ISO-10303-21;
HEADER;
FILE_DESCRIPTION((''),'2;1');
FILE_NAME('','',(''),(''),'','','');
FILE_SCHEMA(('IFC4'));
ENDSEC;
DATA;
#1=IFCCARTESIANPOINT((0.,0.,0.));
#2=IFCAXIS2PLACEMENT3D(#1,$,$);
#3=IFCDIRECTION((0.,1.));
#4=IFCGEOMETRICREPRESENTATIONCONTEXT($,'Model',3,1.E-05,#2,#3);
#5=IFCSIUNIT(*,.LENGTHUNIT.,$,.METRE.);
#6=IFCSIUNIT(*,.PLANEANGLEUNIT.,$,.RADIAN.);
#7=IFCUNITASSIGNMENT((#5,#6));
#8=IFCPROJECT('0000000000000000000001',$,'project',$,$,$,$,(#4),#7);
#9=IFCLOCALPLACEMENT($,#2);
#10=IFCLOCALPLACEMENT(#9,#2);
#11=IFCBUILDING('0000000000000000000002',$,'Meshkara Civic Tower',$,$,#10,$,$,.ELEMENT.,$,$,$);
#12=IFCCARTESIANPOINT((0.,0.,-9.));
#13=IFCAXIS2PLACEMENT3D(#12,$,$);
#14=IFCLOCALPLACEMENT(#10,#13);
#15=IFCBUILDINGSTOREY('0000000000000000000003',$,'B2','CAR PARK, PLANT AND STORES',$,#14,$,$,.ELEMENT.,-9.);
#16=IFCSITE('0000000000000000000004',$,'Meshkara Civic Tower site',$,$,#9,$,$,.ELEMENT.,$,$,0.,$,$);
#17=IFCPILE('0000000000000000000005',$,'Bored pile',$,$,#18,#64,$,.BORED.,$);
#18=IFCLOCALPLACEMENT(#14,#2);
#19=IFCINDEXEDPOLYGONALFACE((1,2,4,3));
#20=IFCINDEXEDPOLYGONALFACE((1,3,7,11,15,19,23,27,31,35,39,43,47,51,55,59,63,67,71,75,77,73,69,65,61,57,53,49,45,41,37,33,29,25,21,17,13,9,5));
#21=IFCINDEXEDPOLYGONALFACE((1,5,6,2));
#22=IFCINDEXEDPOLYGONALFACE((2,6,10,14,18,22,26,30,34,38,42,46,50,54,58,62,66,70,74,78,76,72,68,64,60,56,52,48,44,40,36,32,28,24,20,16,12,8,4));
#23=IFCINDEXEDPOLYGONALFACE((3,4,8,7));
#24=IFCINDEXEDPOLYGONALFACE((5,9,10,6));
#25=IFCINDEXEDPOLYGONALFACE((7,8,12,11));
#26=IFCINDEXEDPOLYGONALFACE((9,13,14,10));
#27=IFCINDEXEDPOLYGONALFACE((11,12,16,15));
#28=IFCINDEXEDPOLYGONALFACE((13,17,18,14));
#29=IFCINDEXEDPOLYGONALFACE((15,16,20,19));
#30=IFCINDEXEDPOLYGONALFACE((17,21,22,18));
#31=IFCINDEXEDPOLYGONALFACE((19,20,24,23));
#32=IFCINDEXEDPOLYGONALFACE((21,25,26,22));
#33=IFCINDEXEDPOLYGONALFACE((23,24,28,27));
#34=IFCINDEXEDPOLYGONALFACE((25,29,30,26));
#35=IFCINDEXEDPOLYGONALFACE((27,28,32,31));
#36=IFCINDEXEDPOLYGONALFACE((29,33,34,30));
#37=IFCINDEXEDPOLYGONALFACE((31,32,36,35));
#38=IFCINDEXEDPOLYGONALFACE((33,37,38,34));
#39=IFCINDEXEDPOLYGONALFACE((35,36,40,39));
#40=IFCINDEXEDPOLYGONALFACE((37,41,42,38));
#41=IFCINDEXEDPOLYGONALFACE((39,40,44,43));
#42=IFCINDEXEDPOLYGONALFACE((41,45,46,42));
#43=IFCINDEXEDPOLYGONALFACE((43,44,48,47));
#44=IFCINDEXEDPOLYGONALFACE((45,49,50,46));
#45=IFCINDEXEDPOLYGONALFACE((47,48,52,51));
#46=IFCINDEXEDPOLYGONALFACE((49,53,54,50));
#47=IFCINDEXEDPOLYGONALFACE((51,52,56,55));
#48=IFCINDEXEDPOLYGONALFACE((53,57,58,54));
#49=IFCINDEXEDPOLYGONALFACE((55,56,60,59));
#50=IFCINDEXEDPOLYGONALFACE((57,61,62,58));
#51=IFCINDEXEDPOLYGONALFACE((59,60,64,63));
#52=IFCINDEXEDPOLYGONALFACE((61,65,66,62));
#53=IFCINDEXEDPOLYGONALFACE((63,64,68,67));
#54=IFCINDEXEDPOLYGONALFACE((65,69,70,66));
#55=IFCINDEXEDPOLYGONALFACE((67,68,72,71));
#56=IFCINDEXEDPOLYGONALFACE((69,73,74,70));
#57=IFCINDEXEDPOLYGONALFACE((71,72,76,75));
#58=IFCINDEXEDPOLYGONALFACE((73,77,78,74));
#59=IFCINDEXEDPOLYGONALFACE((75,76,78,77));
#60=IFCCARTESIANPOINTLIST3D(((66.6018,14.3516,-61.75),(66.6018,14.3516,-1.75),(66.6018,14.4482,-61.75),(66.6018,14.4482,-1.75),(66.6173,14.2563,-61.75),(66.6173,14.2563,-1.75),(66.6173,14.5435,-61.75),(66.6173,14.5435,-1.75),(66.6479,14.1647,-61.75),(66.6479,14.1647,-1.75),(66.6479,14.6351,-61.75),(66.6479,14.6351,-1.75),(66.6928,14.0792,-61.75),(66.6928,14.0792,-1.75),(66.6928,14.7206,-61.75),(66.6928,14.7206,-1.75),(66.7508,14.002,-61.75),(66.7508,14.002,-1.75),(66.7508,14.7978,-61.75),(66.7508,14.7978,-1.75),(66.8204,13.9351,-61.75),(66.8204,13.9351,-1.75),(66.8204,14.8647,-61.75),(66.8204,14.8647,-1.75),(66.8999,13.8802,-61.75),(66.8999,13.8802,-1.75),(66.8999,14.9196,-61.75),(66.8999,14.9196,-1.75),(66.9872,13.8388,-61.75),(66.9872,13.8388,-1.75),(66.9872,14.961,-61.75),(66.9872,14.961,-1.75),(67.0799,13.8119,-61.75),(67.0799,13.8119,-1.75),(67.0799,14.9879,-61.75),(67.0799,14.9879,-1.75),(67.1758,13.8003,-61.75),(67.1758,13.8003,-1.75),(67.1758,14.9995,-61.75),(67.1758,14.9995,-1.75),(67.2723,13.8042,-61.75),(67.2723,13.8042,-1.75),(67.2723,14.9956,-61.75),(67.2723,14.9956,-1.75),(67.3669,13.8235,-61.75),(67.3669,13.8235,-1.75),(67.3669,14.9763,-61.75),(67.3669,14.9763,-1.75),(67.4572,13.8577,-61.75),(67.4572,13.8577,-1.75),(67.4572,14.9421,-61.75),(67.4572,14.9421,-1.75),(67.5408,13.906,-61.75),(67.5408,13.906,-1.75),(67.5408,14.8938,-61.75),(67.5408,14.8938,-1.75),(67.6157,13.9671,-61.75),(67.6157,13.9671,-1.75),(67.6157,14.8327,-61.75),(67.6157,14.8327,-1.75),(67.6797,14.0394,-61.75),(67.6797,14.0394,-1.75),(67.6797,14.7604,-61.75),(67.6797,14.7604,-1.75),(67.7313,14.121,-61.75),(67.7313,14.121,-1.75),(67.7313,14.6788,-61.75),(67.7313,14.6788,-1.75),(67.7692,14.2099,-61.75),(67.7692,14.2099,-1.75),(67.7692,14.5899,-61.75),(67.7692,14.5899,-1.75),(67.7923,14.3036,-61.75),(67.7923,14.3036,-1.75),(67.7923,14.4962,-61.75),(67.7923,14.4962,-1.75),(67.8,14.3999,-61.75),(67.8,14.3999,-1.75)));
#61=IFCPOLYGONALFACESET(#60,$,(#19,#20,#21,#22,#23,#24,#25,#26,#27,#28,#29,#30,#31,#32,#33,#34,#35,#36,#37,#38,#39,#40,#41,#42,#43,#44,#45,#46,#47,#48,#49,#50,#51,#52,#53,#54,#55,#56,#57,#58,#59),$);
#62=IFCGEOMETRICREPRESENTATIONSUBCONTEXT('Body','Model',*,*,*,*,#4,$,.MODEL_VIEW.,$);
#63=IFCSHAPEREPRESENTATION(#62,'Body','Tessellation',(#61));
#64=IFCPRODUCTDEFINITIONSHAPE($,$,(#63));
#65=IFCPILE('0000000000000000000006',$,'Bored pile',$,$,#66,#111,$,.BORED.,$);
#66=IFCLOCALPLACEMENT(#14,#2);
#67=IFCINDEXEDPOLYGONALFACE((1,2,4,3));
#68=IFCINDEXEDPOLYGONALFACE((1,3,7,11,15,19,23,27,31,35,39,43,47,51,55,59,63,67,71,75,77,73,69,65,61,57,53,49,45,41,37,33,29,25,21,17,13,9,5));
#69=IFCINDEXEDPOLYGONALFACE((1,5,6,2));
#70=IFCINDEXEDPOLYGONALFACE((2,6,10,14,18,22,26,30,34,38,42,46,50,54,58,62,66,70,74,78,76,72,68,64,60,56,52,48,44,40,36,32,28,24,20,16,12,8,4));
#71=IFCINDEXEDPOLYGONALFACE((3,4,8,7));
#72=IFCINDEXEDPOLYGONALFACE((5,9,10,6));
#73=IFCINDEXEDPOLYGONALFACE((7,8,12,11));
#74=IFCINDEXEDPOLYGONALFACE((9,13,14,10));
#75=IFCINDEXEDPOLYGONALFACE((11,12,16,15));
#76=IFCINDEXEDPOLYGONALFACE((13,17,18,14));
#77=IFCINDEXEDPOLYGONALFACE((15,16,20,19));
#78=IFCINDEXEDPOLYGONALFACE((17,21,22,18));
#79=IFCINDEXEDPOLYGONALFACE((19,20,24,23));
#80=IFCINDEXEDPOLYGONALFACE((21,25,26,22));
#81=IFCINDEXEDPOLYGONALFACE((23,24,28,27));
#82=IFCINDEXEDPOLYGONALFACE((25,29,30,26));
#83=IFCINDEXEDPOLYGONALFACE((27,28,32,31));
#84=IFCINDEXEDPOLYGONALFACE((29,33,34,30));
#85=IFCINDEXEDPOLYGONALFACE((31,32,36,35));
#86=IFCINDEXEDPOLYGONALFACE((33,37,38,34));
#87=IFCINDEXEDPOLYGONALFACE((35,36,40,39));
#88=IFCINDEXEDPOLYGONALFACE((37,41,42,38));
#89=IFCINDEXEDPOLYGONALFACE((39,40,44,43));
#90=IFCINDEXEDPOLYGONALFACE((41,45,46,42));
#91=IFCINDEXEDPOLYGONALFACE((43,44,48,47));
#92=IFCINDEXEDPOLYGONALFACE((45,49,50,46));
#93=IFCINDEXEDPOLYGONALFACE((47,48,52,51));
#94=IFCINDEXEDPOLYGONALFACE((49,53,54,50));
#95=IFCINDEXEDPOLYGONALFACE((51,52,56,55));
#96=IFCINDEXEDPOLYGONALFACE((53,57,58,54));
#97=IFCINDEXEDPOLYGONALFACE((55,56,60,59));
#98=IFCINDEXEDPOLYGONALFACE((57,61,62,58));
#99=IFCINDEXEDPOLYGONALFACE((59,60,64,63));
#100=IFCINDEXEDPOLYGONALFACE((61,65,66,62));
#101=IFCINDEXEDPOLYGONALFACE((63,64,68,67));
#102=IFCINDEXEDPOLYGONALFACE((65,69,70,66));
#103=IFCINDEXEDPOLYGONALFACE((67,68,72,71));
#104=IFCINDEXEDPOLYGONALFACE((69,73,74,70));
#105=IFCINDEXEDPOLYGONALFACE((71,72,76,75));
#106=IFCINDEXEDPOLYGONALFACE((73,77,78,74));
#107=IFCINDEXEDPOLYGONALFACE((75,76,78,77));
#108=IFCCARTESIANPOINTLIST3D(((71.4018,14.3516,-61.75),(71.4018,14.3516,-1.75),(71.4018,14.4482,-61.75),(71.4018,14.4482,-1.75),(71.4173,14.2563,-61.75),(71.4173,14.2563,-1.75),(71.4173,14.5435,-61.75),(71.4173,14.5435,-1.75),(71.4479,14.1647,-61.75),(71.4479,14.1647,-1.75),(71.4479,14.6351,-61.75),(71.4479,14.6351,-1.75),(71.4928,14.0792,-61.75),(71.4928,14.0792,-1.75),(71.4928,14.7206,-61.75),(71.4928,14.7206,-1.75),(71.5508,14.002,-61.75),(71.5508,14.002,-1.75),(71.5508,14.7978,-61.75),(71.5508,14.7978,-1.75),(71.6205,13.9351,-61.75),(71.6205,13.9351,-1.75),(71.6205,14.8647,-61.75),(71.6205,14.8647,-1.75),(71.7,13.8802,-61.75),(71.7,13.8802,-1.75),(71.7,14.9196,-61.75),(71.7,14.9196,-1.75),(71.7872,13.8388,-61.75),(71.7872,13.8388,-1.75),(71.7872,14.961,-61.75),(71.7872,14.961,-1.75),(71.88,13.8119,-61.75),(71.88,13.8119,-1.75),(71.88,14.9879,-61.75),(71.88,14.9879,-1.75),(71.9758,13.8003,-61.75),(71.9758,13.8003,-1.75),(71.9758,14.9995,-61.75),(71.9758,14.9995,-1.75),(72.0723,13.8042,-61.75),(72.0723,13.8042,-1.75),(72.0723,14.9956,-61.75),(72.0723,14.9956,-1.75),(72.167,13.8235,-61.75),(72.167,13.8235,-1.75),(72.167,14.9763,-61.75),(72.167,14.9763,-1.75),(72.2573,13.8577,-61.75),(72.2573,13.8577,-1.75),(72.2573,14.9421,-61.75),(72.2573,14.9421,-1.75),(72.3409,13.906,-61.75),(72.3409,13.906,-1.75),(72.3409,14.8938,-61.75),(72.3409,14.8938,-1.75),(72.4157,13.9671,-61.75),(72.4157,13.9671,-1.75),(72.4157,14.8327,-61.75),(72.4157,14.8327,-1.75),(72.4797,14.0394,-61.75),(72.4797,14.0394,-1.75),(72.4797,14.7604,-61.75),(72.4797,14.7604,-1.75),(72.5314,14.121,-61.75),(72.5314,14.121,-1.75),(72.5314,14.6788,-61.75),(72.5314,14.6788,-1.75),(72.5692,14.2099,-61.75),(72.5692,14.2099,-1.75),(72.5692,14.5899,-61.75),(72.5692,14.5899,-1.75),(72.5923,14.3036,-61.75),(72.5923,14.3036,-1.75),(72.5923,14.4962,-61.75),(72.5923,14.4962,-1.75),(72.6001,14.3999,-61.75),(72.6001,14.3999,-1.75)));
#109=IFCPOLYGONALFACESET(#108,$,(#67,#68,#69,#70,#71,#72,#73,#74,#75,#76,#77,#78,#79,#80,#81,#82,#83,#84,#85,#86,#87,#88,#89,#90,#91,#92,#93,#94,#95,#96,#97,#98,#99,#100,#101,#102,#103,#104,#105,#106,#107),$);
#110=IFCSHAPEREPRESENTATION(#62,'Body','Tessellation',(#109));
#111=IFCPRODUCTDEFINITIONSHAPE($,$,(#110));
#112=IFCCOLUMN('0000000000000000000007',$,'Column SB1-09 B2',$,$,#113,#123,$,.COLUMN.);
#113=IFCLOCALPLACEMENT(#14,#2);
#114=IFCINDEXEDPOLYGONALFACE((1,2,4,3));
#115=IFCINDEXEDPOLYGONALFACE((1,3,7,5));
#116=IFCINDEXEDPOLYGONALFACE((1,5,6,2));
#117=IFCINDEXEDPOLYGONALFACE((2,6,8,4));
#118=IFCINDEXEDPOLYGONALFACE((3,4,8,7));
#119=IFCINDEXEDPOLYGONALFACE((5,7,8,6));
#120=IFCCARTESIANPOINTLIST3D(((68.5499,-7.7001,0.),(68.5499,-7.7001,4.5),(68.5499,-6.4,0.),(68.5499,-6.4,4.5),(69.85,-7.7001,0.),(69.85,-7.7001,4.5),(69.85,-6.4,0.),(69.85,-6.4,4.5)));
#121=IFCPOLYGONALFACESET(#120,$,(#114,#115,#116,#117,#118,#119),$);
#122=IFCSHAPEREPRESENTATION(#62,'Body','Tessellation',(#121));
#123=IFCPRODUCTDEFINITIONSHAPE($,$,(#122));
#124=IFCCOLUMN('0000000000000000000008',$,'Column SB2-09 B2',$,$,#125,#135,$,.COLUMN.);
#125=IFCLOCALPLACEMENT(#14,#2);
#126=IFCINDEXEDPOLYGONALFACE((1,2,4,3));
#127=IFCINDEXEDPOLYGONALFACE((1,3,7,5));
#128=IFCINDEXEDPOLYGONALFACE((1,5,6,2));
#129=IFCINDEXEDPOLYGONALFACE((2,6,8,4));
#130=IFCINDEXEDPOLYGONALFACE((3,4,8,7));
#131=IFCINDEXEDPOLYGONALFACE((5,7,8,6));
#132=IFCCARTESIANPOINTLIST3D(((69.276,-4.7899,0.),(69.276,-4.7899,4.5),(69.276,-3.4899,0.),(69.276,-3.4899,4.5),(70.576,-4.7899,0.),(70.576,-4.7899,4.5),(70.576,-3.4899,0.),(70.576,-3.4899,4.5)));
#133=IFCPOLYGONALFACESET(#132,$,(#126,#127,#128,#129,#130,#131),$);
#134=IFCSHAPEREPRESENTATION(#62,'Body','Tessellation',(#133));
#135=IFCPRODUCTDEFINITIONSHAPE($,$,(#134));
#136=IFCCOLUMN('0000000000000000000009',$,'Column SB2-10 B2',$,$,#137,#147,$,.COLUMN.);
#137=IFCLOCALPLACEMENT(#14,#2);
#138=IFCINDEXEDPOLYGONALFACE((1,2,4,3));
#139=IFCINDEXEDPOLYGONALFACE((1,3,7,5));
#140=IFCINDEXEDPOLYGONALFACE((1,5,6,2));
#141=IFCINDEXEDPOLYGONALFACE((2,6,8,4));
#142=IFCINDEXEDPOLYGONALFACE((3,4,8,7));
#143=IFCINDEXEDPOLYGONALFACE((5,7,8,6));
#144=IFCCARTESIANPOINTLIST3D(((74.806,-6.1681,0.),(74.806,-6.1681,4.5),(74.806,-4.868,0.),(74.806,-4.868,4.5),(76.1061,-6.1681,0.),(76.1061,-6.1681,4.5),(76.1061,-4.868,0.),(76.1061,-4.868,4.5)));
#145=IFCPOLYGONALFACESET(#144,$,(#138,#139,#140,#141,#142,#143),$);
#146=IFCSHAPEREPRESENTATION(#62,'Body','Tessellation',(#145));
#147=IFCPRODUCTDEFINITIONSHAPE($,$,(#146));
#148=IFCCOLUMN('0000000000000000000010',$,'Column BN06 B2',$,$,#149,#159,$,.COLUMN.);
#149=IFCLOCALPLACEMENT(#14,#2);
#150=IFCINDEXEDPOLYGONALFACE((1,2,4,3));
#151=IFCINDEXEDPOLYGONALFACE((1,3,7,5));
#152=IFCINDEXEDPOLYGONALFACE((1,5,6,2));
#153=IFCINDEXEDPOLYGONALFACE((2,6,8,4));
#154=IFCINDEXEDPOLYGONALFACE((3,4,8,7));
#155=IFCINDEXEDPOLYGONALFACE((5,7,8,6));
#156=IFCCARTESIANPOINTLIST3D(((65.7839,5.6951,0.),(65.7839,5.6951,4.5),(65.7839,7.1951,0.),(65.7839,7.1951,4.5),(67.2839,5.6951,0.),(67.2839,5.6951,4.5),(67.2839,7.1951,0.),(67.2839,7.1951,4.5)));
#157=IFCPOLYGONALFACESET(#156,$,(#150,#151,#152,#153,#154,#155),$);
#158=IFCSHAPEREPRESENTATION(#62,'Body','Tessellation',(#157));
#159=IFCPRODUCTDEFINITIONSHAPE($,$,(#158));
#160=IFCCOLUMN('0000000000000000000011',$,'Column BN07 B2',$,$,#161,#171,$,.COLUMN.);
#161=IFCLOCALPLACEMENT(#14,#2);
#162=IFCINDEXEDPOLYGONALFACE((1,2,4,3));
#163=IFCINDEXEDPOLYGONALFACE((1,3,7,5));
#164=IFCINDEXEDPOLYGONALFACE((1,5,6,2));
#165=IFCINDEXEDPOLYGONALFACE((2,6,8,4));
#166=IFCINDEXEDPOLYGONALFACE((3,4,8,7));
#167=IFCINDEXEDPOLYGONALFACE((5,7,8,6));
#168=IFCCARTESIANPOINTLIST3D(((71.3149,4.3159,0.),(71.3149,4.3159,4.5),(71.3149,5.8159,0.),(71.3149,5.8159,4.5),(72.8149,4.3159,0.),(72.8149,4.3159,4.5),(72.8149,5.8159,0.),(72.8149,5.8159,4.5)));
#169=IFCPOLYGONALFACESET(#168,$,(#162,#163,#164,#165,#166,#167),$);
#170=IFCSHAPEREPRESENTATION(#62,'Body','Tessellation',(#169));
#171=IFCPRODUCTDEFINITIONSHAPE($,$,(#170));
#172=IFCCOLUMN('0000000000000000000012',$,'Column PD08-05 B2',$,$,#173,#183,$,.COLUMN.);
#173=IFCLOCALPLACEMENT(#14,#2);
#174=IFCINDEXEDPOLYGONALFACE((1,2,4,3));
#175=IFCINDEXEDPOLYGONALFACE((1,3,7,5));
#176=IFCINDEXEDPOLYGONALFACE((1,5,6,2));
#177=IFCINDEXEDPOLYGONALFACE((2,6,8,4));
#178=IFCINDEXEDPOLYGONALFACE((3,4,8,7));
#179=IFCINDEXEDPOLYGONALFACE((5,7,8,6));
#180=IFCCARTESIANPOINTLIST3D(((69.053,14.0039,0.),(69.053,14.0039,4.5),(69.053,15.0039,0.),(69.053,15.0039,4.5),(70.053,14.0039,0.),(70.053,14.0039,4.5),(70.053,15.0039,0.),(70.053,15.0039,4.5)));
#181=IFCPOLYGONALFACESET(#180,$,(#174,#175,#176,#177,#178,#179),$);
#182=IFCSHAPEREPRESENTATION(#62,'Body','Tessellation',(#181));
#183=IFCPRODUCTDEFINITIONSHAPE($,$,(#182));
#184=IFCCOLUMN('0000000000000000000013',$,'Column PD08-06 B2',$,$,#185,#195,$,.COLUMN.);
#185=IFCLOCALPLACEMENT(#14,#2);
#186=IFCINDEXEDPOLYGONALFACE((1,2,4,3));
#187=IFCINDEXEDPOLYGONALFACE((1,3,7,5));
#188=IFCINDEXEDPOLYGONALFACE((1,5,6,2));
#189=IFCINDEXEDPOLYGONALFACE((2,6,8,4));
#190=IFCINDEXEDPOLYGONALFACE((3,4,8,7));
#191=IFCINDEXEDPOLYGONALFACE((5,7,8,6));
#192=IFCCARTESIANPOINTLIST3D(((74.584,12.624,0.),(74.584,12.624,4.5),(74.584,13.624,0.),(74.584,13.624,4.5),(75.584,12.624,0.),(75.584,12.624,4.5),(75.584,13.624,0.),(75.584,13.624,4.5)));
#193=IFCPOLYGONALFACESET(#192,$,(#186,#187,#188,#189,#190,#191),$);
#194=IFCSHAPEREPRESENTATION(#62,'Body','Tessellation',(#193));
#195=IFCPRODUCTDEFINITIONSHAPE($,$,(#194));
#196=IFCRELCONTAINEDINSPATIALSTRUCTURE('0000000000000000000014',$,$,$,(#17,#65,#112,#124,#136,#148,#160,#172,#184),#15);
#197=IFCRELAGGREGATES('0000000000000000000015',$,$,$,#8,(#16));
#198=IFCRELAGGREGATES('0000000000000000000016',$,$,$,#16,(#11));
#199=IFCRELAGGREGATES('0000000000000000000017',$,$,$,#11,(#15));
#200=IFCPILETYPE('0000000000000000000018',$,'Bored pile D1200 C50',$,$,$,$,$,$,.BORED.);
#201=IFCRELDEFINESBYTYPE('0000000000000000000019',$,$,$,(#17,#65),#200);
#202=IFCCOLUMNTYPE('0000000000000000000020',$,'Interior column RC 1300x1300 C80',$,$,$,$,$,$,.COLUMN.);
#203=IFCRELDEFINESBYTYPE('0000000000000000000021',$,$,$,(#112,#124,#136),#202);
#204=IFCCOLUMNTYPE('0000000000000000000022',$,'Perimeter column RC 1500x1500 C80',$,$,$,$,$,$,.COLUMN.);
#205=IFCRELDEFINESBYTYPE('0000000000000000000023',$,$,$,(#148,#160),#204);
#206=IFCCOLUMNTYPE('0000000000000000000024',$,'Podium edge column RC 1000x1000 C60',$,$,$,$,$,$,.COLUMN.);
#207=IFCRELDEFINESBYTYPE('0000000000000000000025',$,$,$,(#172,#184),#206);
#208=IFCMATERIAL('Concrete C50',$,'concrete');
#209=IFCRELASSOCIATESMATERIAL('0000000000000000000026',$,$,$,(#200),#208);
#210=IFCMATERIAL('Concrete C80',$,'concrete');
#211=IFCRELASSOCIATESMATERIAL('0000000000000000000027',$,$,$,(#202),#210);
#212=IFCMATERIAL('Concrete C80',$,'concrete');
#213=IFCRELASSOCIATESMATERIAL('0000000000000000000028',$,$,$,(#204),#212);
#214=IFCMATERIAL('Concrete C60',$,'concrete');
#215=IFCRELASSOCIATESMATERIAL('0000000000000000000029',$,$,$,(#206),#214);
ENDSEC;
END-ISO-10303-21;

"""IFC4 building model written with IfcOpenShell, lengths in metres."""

from ifc_helpers import new_model, si_unit, direction, frame, origin, origin_2d, place, context, subcontext, project, spatial, rectangle, circle, extrude, material, material_profile, profile_set, type_object, element, save


model = new_model("IFC4")

# Units and contexts
model_context = context("Model", 3, precision=1e-05, world=origin(), true_north=direction((0.0, 1.0)))
body_context = subcontext(model_context, "Body", "Model", "MODEL_VIEW")
ifc_project = project(units=[si_unit("LENGTHUNIT", "METRE"), si_unit("PLANEANGLEUNIT", "RADIAN")], contexts=[model_context])

# Site, building, storey
site_placement = place(None, origin())
site = spatial("IfcSite", under=ifc_project, at=site_placement, Name="Meshkara Civic Tower site", CompositionType="ELEMENT", RefElevation=0.0)
building_placement = place(site_placement, origin())
building = spatial("IfcBuilding", under=site, at=building_placement, Name="Meshkara Civic Tower", CompositionType="ELEMENT")
storey_placement = place(building_placement, frame((0.0, 0.0, -9.0)))
storey = spatial("IfcBuildingStorey", under=building, at=storey_placement, Name="B2", Description="CAR PARK, PLANT AND STORES", CompositionType="ELEMENT", Elevation=-9.0)

# Piles
ifc_material_1 = material(Name="Concrete C50", Category="concrete")
ifc_material_profile_1 = material_profile(ifc_material_1, circle(Radius=0.6001, at=origin_2d()))
ifc_profile_set_1 = profile_set([ifc_material_profile_1], Name="Concrete C50")
pile_type = type_object("IfcPileType", Name="Bored pile D1200 C50", PredefinedType="BORED", material=ifc_profile_set_1)
for number, where, z_axis, x_axis, name in (
    (1, (67.2, 14.3999, -1.75), (0.0, 0.0, -1.0), (1.0, 0.0, 0.0), "Bored pile"),
    (2, (72.0, 14.3999, -1.75), (0.0, 0.0, -1.0), (1.0, 0.0, 0.0), "Bored pile"),
):
    element("IfcPile", number, at=place(storey_placement, frame(where, z_axis=z_axis, x_axis=x_axis)), inside=storey, type_object=pile_type, Name=name, PredefinedType="BORED", context=body_context, shape_type="SweptSolid", body=[
        extrude(circle(Radius=0.6001, at=origin_2d()), origin(), (0.0, 0.0, 1.0), 60.0),
    ])

# Columns
ifc_material_2 = material(Name="Concrete C80", Category="concrete")
ifc_material_profile_2 = material_profile(ifc_material_2, rectangle(XDim=1.3, YDim=1.3, at=origin_2d()))
ifc_profile_set_2 = profile_set([ifc_material_profile_2], Name="Concrete C80")
column_type_1 = type_object("IfcColumnType", Name="Interior column RC 1300x1300 C80", PredefinedType="COLUMN", material=ifc_profile_set_2)
for number, where, z_axis, x_axis, name in (
    (3, (69.2, -7.05, 0.0), (0.0, 0.0, 1.0), (1.0, 0.0, 0.0), "Column SB1-09 B2"),
    (4, (69.926, -4.1399, 0.0), (0.0, 0.0, 1.0), (1.0, 0.0, 0.0), "Column SB2-09 B2"),
    (5, (75.4561, -5.5181, 0.0), (0.0, 0.0, 1.0), (1.0, 0.0, 0.0), "Column SB2-10 B2"),
):
    element("IfcColumn", number, at=place(storey_placement, frame(where, z_axis=z_axis, x_axis=x_axis)), inside=storey, type_object=column_type_1, Name=name, PredefinedType="COLUMN", context=body_context, shape_type="SweptSolid", body=[
        extrude(rectangle(XDim=1.3, YDim=1.3, at=origin_2d()), origin(), (0.0, 0.0, 1.0), 4.5),
    ])
ifc_material_3 = material(Name="Concrete C80", Category="concrete")
ifc_material_profile_3 = material_profile(ifc_material_3, rectangle(XDim=1.5, YDim=1.5, at=origin_2d()))
ifc_profile_set_3 = profile_set([ifc_material_profile_3], Name="Concrete C80")
column_type_2 = type_object("IfcColumnType", Name="Perimeter column RC 1500x1500 C80", PredefinedType="COLUMN", material=ifc_profile_set_3)
for number, where, z_axis, x_axis, name in (
    (6, (66.5339, 6.4451, 0.0), (0.0, 0.0, 1.0), (1.0, 0.0, 0.0), "Column BN06 B2"),
    (7, (72.0649, 5.0659, 0.0), (0.0, 0.0, 1.0), (1.0, 0.0, 0.0), "Column BN07 B2"),
):
    element("IfcColumn", number, at=place(storey_placement, frame(where, z_axis=z_axis, x_axis=x_axis)), inside=storey, type_object=column_type_2, Name=name, PredefinedType="COLUMN", context=body_context, shape_type="SweptSolid", body=[
        extrude(rectangle(XDim=1.5, YDim=1.5, at=origin_2d()), origin(), (0.0, 0.0, 1.0), 4.5),
    ])
ifc_material_4 = material(Name="Concrete C60", Category="concrete")
ifc_material_profile_4 = material_profile(ifc_material_4, rectangle(XDim=1.0, YDim=1.0, at=origin_2d()))
ifc_profile_set_4 = profile_set([ifc_material_profile_4], Name="Concrete C60")
column_type_3 = type_object("IfcColumnType", Name="Podium edge column RC 1000x1000 C60", PredefinedType="COLUMN", material=ifc_profile_set_4)
for number, where, z_axis, x_axis, name in (
    (8, (69.553, 14.5039, 0.0), (0.0, 0.0, 1.0), (1.0, 0.0, 0.0), "Column PD08-05 B2"),
    (9, (75.084, 13.124, 0.0), (0.0, 0.0, 1.0), (1.0, 0.0, 0.0), "Column PD08-06 B2"),
):
    element("IfcColumn", number, at=place(storey_placement, frame(where, z_axis=z_axis, x_axis=x_axis)), inside=storey, type_object=column_type_3, Name=name, PredefinedType="COLUMN", context=body_context, shape_type="SweptSolid", body=[
        extrude(rectangle(XDim=1.0, YDim=1.0, at=origin_2d()), origin(), (0.0, 0.0, 1.0), 4.5),
    ])

save(model, "model.ifc")
